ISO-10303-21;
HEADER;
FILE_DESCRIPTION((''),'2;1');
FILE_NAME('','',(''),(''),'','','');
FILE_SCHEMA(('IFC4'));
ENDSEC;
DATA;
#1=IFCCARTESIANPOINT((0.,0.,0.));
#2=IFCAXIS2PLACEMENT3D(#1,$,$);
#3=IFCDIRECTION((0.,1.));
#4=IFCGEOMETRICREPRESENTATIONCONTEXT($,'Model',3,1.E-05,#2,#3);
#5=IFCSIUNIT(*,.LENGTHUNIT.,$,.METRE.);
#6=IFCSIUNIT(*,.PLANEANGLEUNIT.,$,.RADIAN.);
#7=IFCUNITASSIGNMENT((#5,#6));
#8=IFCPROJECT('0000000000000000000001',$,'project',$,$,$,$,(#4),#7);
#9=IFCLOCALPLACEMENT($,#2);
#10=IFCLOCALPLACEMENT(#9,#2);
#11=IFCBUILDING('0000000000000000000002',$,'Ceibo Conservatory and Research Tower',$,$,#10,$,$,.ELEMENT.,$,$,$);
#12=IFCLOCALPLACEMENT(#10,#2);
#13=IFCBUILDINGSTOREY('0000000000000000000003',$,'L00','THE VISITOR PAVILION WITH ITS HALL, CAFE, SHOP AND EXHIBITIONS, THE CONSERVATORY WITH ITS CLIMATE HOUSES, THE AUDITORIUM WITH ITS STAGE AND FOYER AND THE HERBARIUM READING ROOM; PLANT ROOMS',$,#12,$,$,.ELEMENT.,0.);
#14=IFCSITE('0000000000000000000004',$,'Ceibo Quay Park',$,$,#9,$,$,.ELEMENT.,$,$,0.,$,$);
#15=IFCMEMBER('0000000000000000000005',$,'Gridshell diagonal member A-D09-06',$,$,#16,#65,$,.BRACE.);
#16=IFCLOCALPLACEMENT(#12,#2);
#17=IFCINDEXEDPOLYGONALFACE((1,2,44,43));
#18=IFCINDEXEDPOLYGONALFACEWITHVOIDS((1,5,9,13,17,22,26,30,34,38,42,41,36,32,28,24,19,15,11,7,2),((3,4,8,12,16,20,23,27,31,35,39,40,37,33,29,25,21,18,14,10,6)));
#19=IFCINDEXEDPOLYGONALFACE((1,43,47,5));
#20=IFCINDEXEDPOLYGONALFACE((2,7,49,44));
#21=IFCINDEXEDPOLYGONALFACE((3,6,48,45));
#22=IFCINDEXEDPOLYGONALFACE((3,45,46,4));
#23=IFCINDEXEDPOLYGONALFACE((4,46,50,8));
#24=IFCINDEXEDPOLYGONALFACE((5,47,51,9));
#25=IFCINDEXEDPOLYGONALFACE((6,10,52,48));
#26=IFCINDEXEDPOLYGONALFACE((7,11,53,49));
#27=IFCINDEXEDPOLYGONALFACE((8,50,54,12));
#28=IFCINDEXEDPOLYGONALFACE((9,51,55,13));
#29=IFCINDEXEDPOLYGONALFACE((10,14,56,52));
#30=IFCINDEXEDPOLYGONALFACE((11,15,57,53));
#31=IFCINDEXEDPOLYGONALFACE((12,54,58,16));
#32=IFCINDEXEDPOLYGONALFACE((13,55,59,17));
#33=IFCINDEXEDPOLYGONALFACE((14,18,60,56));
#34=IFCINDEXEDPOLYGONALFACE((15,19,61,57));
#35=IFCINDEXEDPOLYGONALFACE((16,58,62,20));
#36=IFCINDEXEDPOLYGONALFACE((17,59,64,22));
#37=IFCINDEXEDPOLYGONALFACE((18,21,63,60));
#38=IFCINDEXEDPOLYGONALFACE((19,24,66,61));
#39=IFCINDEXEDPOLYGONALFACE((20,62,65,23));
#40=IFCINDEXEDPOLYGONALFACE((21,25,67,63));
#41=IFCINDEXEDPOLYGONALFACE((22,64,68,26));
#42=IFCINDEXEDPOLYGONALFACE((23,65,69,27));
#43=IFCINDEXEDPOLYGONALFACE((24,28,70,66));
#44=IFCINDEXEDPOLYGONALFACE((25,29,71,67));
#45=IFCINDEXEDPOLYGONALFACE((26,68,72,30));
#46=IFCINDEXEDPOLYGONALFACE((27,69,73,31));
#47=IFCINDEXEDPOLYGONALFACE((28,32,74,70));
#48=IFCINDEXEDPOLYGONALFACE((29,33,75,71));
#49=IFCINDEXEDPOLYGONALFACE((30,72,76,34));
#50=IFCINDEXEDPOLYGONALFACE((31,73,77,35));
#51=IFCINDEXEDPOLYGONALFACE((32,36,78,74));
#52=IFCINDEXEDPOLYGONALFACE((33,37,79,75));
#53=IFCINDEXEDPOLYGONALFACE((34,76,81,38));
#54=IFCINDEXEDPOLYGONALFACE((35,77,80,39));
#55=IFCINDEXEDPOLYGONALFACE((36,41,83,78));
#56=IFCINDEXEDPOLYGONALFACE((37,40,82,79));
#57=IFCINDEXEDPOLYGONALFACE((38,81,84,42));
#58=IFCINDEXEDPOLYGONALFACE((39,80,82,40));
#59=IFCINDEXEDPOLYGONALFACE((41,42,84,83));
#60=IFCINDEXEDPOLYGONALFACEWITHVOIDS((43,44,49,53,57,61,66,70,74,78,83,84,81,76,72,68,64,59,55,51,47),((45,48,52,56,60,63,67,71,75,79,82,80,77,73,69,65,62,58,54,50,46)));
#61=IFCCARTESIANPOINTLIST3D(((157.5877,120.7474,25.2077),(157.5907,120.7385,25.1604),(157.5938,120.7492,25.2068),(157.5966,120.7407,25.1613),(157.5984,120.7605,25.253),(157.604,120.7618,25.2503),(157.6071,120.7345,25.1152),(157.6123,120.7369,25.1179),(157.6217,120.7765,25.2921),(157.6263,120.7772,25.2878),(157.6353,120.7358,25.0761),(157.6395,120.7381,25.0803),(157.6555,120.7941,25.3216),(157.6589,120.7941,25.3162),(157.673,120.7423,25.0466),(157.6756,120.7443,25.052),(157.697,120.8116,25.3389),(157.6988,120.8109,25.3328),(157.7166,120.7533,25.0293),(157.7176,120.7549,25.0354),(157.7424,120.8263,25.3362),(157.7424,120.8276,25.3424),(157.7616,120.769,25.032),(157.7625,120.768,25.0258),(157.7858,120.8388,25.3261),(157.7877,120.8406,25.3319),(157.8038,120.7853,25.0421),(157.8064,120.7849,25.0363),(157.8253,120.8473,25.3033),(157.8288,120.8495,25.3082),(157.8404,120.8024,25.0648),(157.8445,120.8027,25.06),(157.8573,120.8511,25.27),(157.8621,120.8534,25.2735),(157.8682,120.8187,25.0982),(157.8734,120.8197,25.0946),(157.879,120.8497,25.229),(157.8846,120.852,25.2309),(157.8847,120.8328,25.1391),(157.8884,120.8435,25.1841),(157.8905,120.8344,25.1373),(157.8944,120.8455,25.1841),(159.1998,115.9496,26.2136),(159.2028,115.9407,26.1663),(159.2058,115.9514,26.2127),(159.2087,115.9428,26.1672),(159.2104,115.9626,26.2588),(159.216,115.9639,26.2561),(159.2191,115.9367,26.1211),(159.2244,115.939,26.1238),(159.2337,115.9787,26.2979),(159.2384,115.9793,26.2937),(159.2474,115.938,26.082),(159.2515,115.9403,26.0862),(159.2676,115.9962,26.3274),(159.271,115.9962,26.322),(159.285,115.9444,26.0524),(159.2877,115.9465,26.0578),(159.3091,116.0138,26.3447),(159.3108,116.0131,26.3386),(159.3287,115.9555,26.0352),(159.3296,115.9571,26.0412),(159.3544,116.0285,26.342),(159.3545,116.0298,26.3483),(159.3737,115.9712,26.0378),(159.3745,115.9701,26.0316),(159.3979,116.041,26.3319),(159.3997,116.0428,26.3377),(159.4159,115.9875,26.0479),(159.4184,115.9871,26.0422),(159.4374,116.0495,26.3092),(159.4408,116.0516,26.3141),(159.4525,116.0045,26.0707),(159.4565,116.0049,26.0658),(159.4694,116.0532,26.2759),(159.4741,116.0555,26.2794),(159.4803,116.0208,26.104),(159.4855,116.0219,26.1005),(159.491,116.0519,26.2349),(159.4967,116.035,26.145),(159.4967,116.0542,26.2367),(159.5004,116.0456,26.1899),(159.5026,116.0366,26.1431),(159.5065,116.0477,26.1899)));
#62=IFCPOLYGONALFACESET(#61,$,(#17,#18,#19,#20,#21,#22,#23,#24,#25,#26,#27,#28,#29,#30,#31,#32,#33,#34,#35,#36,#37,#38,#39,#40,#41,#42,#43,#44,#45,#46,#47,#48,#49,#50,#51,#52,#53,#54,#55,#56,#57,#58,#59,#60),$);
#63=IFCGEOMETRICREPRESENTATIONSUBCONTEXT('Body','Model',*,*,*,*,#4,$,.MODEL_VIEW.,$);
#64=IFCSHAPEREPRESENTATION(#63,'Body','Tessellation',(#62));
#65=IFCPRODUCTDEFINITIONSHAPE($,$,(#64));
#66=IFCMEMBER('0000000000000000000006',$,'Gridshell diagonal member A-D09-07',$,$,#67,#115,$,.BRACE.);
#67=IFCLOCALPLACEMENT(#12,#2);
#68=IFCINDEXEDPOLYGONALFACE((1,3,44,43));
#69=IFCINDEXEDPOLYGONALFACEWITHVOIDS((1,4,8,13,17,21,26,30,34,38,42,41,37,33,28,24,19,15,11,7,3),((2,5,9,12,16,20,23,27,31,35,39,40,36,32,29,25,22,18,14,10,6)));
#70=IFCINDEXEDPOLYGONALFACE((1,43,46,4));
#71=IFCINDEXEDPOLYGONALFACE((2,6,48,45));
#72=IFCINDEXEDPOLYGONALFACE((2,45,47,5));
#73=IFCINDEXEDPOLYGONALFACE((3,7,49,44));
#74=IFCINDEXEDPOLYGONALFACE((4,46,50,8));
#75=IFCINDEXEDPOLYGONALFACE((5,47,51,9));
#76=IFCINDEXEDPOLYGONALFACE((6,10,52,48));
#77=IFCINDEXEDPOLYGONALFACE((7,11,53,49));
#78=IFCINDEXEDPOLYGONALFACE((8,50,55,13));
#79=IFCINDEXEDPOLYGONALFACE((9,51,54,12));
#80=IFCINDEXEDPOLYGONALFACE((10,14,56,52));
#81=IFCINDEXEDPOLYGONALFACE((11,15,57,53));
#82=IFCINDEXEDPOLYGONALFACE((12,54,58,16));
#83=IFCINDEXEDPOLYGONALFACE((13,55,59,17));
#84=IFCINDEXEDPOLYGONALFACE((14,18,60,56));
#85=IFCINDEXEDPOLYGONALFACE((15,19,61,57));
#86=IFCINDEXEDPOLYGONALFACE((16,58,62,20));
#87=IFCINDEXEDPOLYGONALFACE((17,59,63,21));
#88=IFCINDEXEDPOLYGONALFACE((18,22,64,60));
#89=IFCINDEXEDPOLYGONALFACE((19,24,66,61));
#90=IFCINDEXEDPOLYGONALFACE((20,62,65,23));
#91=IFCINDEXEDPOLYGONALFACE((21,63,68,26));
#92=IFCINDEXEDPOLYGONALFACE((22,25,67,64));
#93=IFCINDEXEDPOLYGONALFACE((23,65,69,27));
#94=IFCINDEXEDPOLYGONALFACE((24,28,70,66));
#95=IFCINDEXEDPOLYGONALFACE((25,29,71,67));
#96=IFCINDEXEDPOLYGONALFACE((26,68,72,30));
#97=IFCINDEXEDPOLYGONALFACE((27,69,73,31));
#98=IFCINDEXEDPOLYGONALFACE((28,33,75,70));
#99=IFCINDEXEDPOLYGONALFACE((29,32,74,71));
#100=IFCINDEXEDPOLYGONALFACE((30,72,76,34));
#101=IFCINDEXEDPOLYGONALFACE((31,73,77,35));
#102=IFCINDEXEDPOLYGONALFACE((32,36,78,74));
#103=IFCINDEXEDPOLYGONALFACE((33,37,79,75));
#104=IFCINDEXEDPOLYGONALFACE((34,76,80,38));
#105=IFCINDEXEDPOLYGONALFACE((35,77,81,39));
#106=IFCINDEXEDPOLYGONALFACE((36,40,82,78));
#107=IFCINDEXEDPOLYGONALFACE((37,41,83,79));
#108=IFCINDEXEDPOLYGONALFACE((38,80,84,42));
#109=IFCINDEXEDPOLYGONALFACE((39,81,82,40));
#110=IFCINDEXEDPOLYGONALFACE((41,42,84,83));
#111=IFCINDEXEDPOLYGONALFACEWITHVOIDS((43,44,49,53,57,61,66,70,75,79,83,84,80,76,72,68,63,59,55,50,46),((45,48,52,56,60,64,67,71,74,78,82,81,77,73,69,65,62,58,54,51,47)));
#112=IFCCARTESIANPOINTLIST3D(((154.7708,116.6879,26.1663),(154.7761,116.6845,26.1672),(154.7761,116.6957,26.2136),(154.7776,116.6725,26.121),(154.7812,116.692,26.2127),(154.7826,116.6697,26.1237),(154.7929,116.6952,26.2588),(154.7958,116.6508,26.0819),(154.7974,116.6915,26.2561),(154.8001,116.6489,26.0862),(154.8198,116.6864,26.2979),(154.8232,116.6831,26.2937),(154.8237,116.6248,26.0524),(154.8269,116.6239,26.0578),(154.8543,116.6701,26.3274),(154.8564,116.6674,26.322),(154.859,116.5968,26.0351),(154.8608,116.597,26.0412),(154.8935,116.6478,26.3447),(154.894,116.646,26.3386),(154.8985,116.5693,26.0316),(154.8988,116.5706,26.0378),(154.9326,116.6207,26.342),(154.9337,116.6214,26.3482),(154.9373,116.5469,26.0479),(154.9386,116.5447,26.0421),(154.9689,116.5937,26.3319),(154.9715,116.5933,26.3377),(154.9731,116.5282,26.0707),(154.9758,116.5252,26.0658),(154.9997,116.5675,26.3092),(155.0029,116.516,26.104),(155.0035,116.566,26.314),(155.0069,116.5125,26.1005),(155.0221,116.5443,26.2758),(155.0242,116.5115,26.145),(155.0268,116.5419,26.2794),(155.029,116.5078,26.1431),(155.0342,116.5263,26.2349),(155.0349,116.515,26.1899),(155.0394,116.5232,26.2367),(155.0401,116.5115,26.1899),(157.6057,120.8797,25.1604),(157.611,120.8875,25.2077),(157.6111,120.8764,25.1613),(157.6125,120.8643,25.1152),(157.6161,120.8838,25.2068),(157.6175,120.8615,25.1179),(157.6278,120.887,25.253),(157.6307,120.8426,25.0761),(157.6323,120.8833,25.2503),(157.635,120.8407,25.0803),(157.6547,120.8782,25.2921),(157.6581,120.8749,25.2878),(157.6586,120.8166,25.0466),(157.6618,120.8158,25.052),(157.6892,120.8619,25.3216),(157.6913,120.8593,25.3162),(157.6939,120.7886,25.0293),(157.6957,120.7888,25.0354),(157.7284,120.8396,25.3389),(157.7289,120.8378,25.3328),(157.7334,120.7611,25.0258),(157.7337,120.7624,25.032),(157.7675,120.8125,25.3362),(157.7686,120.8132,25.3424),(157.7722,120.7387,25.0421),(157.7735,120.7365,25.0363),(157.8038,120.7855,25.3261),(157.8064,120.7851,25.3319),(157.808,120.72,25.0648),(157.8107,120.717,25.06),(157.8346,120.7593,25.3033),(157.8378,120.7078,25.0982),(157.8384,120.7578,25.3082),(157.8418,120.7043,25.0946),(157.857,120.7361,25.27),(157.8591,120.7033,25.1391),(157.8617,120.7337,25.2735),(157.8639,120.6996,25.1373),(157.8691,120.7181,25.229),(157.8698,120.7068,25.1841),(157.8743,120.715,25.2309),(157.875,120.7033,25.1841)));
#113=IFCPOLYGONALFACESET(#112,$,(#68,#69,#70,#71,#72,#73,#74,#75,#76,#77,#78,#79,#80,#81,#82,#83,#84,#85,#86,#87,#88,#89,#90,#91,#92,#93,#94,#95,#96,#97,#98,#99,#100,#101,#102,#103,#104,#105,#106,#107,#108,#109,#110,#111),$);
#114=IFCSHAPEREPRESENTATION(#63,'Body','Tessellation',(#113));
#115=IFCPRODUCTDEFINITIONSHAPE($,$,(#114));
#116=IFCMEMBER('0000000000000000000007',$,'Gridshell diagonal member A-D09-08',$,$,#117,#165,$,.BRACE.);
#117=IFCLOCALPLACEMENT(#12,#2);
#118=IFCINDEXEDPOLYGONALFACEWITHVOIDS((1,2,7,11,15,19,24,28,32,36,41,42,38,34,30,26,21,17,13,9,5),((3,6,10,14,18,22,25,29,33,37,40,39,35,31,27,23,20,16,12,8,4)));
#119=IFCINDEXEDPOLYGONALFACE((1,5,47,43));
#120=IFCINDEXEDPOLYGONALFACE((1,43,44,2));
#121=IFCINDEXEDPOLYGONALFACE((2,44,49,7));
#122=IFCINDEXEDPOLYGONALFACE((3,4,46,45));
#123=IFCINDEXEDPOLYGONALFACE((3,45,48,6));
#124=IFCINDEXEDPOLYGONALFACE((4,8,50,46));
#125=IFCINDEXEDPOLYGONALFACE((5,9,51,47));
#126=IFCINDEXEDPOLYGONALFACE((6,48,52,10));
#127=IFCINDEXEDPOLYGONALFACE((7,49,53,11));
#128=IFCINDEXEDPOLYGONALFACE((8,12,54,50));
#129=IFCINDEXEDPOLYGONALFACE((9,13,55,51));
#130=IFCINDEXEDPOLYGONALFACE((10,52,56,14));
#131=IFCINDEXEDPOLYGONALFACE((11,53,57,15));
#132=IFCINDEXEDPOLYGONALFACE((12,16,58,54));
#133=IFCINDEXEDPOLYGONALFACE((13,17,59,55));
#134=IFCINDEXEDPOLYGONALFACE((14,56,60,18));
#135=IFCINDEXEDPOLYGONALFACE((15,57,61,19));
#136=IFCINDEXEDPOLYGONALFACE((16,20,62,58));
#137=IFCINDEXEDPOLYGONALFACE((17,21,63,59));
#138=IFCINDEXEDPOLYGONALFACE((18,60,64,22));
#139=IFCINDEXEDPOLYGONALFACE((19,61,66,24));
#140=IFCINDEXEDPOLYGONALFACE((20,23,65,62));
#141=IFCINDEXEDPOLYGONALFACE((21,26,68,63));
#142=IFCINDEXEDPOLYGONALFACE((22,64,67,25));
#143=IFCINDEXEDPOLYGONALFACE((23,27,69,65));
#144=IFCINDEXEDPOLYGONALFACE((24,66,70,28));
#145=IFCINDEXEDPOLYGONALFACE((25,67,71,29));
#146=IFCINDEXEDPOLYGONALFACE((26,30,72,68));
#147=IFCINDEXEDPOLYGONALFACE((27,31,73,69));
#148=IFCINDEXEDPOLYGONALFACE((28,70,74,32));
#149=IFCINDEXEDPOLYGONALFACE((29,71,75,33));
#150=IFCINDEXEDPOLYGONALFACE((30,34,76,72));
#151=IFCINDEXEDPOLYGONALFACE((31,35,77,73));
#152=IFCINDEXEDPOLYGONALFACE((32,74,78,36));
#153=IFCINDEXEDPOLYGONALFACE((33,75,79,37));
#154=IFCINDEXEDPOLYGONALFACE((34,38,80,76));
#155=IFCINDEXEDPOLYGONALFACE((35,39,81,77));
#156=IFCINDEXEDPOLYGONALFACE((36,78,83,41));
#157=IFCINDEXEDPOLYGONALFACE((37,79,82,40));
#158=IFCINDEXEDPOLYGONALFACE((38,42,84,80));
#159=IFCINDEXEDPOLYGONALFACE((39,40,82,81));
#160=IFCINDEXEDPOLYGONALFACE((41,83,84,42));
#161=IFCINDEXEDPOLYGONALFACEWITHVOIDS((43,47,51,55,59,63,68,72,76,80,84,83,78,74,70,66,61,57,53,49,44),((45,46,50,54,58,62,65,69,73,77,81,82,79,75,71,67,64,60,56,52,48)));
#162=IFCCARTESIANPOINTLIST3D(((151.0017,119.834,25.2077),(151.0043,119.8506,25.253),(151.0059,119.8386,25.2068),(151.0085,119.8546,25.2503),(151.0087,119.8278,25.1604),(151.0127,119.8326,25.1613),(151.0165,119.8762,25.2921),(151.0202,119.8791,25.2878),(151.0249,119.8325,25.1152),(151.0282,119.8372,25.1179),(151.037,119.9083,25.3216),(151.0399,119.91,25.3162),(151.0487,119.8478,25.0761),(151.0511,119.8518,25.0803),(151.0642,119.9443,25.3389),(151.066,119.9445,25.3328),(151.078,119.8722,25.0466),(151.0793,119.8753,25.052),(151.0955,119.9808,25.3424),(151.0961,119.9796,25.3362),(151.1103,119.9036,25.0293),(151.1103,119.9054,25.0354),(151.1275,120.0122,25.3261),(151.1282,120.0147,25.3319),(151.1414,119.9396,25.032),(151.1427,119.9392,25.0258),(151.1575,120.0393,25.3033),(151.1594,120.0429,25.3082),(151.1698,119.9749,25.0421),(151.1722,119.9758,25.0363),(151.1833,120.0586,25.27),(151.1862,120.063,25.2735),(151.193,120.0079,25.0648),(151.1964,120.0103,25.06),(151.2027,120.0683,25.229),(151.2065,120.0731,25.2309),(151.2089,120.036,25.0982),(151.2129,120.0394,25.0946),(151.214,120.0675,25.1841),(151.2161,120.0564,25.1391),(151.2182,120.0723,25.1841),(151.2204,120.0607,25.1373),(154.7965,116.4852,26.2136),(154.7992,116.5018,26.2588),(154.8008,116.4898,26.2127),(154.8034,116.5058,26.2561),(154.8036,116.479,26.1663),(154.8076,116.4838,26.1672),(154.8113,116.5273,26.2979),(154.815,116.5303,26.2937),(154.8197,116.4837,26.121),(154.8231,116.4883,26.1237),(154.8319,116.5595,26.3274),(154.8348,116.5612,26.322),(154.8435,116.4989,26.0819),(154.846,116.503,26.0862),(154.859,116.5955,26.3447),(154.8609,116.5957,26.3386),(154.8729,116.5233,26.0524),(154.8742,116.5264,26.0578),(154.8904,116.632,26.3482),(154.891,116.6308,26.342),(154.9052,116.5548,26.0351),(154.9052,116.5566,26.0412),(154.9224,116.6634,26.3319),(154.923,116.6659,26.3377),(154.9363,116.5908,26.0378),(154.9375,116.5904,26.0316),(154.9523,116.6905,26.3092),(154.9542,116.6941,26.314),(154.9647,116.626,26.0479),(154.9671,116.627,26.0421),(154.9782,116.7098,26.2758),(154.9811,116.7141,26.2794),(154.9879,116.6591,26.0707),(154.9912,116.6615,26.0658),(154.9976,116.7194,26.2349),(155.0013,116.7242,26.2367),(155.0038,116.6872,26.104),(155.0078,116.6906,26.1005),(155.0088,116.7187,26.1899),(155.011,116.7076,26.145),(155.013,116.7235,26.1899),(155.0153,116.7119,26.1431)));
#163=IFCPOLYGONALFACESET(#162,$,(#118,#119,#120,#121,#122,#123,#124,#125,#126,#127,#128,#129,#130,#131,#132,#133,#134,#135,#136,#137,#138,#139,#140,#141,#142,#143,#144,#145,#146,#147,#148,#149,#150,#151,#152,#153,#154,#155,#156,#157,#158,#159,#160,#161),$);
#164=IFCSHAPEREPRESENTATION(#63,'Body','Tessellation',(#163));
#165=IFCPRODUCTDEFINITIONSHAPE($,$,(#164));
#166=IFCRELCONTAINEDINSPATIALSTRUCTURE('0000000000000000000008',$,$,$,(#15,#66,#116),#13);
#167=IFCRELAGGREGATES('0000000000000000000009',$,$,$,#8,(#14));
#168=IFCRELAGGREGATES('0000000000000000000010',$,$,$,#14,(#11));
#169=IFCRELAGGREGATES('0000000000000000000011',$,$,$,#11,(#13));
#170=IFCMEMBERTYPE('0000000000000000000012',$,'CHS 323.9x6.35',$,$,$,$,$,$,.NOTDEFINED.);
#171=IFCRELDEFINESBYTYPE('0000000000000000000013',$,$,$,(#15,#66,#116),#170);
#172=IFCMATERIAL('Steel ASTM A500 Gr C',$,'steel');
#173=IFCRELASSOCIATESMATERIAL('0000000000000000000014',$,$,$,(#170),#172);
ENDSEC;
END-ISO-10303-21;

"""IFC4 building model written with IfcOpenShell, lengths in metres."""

from ifc_helpers import new_model, si_unit, direction, frame, origin, origin_2d, place, context, subcontext, project, spatial, hollow_circle, extrude, material, material_profile, profile_set, type_object, element, save


model = new_model("IFC4")

# Units and contexts
model_context = context("Model", 3, precision=1e-05, world=origin(), true_north=direction((0.0, 1.0)))
body_context = subcontext(model_context, "Body", "Model", "MODEL_VIEW")
ifc_project = project(units=[si_unit("LENGTHUNIT", "METRE"), si_unit("PLANEANGLEUNIT", "RADIAN")], contexts=[model_context])

# Site, building, storey
site_placement = place(None, origin())
site = spatial("IfcSite", under=ifc_project, at=site_placement, Name="Ceibo Quay Park", CompositionType="ELEMENT", RefElevation=0.0)
building_placement = place(site_placement, origin())
building = spatial("IfcBuilding", under=site, at=building_placement, Name="Ceibo Conservatory and Research Tower", CompositionType="ELEMENT")
storey_placement = place(building_placement, origin())
storey = spatial("IfcBuildingStorey", under=building, at=storey_placement, Name="L00", Description="THE VISITOR PAVILION WITH ITS HALL, CAFE, SHOP AND EXHIBITIONS, THE CONSERVATORY WITH ITS CLIMATE HOUSES, THE AUDITORIUM WITH ITS STAGE AND FOYER AND THE HERBARIUM READING ROOM; PLANT ROOMS", CompositionType="ELEMENT", Elevation=0.0)

# Members
ifc_material_1 = material(Name="Steel ASTM A500 Gr C", Category="steel")
ifc_material_profile_1 = material_profile(ifc_material_1, hollow_circle(Radius=0.1619, WallThickness=0.0063, at=origin_2d()), Name="CHS 323.9x6.35")
ifc_profile_set_1 = profile_set([ifc_material_profile_1], Name="Steel ASTM A500 Gr C")
member_type_1 = type_object("IfcMemberType", Name="CHS 323.9x6.35", PredefinedType="NOTDEFINED", material=ifc_profile_set_1)
for number, where, z_axis, x_axis, name in (
    (1, (157.741, 120.7939, 25.1841), (0.31239, -0.929742, 0.194918), (0.947923, 0.318499, 0.0), "Gridshell diagonal member A-D09-06"),
):
    element("IfcMember", number, at=place(storey_placement, frame(where, z_axis=z_axis, x_axis=x_axis)), inside=storey, type_object=member_type_1, Name=name, PredefinedType="BRACE", context=body_context, shape_type="SweptSolid", body=[
        extrude(hollow_circle(Radius=0.1619, WallThickness=0.0063, at=origin_2d()), origin(), (0.0, 0.0, 1.0), 5.1604),
    ])
member_1_placement = place(storey_placement, frame((157.741, 120.7939, 25.1841), z_axis=(-0.549461, -0.812457, 0.194952), x_axis=(0.828351, -0.56021, 0.0)))
element("IfcMember", 2, at=member_1_placement, inside=storey, type_object=member_type_1, Name="Gridshell diagonal member A-D09-07", PredefinedType="BRACE", context=body_context, shape_type="SweptSolid", body=[
    extrude(hollow_circle(Radius=0.1619, WallThickness=0.0063, at=origin_2d()), origin(), (0.0, 0.0, 1.0), 5.1594),
])
member_2_placement = place(storey_placement, frame((151.1111, 119.9509, 25.1841), z_axis=(0.735415, -0.648976, 0.194925), x_axis=(0.661668, 0.749797, 0.0)))
element("IfcMember", 3, at=member_2_placement, inside=storey, type_object=member_type_1, Name="Gridshell diagonal member A-D09-08", PredefinedType="BRACE", context=body_context, shape_type="SweptSolid", body=[
    extrude(hollow_circle(Radius=0.1619, WallThickness=0.0063, at=origin_2d()), origin(), (0.0, 0.0, 1.0), 5.1602),
])

save(model, "model.ifc")
